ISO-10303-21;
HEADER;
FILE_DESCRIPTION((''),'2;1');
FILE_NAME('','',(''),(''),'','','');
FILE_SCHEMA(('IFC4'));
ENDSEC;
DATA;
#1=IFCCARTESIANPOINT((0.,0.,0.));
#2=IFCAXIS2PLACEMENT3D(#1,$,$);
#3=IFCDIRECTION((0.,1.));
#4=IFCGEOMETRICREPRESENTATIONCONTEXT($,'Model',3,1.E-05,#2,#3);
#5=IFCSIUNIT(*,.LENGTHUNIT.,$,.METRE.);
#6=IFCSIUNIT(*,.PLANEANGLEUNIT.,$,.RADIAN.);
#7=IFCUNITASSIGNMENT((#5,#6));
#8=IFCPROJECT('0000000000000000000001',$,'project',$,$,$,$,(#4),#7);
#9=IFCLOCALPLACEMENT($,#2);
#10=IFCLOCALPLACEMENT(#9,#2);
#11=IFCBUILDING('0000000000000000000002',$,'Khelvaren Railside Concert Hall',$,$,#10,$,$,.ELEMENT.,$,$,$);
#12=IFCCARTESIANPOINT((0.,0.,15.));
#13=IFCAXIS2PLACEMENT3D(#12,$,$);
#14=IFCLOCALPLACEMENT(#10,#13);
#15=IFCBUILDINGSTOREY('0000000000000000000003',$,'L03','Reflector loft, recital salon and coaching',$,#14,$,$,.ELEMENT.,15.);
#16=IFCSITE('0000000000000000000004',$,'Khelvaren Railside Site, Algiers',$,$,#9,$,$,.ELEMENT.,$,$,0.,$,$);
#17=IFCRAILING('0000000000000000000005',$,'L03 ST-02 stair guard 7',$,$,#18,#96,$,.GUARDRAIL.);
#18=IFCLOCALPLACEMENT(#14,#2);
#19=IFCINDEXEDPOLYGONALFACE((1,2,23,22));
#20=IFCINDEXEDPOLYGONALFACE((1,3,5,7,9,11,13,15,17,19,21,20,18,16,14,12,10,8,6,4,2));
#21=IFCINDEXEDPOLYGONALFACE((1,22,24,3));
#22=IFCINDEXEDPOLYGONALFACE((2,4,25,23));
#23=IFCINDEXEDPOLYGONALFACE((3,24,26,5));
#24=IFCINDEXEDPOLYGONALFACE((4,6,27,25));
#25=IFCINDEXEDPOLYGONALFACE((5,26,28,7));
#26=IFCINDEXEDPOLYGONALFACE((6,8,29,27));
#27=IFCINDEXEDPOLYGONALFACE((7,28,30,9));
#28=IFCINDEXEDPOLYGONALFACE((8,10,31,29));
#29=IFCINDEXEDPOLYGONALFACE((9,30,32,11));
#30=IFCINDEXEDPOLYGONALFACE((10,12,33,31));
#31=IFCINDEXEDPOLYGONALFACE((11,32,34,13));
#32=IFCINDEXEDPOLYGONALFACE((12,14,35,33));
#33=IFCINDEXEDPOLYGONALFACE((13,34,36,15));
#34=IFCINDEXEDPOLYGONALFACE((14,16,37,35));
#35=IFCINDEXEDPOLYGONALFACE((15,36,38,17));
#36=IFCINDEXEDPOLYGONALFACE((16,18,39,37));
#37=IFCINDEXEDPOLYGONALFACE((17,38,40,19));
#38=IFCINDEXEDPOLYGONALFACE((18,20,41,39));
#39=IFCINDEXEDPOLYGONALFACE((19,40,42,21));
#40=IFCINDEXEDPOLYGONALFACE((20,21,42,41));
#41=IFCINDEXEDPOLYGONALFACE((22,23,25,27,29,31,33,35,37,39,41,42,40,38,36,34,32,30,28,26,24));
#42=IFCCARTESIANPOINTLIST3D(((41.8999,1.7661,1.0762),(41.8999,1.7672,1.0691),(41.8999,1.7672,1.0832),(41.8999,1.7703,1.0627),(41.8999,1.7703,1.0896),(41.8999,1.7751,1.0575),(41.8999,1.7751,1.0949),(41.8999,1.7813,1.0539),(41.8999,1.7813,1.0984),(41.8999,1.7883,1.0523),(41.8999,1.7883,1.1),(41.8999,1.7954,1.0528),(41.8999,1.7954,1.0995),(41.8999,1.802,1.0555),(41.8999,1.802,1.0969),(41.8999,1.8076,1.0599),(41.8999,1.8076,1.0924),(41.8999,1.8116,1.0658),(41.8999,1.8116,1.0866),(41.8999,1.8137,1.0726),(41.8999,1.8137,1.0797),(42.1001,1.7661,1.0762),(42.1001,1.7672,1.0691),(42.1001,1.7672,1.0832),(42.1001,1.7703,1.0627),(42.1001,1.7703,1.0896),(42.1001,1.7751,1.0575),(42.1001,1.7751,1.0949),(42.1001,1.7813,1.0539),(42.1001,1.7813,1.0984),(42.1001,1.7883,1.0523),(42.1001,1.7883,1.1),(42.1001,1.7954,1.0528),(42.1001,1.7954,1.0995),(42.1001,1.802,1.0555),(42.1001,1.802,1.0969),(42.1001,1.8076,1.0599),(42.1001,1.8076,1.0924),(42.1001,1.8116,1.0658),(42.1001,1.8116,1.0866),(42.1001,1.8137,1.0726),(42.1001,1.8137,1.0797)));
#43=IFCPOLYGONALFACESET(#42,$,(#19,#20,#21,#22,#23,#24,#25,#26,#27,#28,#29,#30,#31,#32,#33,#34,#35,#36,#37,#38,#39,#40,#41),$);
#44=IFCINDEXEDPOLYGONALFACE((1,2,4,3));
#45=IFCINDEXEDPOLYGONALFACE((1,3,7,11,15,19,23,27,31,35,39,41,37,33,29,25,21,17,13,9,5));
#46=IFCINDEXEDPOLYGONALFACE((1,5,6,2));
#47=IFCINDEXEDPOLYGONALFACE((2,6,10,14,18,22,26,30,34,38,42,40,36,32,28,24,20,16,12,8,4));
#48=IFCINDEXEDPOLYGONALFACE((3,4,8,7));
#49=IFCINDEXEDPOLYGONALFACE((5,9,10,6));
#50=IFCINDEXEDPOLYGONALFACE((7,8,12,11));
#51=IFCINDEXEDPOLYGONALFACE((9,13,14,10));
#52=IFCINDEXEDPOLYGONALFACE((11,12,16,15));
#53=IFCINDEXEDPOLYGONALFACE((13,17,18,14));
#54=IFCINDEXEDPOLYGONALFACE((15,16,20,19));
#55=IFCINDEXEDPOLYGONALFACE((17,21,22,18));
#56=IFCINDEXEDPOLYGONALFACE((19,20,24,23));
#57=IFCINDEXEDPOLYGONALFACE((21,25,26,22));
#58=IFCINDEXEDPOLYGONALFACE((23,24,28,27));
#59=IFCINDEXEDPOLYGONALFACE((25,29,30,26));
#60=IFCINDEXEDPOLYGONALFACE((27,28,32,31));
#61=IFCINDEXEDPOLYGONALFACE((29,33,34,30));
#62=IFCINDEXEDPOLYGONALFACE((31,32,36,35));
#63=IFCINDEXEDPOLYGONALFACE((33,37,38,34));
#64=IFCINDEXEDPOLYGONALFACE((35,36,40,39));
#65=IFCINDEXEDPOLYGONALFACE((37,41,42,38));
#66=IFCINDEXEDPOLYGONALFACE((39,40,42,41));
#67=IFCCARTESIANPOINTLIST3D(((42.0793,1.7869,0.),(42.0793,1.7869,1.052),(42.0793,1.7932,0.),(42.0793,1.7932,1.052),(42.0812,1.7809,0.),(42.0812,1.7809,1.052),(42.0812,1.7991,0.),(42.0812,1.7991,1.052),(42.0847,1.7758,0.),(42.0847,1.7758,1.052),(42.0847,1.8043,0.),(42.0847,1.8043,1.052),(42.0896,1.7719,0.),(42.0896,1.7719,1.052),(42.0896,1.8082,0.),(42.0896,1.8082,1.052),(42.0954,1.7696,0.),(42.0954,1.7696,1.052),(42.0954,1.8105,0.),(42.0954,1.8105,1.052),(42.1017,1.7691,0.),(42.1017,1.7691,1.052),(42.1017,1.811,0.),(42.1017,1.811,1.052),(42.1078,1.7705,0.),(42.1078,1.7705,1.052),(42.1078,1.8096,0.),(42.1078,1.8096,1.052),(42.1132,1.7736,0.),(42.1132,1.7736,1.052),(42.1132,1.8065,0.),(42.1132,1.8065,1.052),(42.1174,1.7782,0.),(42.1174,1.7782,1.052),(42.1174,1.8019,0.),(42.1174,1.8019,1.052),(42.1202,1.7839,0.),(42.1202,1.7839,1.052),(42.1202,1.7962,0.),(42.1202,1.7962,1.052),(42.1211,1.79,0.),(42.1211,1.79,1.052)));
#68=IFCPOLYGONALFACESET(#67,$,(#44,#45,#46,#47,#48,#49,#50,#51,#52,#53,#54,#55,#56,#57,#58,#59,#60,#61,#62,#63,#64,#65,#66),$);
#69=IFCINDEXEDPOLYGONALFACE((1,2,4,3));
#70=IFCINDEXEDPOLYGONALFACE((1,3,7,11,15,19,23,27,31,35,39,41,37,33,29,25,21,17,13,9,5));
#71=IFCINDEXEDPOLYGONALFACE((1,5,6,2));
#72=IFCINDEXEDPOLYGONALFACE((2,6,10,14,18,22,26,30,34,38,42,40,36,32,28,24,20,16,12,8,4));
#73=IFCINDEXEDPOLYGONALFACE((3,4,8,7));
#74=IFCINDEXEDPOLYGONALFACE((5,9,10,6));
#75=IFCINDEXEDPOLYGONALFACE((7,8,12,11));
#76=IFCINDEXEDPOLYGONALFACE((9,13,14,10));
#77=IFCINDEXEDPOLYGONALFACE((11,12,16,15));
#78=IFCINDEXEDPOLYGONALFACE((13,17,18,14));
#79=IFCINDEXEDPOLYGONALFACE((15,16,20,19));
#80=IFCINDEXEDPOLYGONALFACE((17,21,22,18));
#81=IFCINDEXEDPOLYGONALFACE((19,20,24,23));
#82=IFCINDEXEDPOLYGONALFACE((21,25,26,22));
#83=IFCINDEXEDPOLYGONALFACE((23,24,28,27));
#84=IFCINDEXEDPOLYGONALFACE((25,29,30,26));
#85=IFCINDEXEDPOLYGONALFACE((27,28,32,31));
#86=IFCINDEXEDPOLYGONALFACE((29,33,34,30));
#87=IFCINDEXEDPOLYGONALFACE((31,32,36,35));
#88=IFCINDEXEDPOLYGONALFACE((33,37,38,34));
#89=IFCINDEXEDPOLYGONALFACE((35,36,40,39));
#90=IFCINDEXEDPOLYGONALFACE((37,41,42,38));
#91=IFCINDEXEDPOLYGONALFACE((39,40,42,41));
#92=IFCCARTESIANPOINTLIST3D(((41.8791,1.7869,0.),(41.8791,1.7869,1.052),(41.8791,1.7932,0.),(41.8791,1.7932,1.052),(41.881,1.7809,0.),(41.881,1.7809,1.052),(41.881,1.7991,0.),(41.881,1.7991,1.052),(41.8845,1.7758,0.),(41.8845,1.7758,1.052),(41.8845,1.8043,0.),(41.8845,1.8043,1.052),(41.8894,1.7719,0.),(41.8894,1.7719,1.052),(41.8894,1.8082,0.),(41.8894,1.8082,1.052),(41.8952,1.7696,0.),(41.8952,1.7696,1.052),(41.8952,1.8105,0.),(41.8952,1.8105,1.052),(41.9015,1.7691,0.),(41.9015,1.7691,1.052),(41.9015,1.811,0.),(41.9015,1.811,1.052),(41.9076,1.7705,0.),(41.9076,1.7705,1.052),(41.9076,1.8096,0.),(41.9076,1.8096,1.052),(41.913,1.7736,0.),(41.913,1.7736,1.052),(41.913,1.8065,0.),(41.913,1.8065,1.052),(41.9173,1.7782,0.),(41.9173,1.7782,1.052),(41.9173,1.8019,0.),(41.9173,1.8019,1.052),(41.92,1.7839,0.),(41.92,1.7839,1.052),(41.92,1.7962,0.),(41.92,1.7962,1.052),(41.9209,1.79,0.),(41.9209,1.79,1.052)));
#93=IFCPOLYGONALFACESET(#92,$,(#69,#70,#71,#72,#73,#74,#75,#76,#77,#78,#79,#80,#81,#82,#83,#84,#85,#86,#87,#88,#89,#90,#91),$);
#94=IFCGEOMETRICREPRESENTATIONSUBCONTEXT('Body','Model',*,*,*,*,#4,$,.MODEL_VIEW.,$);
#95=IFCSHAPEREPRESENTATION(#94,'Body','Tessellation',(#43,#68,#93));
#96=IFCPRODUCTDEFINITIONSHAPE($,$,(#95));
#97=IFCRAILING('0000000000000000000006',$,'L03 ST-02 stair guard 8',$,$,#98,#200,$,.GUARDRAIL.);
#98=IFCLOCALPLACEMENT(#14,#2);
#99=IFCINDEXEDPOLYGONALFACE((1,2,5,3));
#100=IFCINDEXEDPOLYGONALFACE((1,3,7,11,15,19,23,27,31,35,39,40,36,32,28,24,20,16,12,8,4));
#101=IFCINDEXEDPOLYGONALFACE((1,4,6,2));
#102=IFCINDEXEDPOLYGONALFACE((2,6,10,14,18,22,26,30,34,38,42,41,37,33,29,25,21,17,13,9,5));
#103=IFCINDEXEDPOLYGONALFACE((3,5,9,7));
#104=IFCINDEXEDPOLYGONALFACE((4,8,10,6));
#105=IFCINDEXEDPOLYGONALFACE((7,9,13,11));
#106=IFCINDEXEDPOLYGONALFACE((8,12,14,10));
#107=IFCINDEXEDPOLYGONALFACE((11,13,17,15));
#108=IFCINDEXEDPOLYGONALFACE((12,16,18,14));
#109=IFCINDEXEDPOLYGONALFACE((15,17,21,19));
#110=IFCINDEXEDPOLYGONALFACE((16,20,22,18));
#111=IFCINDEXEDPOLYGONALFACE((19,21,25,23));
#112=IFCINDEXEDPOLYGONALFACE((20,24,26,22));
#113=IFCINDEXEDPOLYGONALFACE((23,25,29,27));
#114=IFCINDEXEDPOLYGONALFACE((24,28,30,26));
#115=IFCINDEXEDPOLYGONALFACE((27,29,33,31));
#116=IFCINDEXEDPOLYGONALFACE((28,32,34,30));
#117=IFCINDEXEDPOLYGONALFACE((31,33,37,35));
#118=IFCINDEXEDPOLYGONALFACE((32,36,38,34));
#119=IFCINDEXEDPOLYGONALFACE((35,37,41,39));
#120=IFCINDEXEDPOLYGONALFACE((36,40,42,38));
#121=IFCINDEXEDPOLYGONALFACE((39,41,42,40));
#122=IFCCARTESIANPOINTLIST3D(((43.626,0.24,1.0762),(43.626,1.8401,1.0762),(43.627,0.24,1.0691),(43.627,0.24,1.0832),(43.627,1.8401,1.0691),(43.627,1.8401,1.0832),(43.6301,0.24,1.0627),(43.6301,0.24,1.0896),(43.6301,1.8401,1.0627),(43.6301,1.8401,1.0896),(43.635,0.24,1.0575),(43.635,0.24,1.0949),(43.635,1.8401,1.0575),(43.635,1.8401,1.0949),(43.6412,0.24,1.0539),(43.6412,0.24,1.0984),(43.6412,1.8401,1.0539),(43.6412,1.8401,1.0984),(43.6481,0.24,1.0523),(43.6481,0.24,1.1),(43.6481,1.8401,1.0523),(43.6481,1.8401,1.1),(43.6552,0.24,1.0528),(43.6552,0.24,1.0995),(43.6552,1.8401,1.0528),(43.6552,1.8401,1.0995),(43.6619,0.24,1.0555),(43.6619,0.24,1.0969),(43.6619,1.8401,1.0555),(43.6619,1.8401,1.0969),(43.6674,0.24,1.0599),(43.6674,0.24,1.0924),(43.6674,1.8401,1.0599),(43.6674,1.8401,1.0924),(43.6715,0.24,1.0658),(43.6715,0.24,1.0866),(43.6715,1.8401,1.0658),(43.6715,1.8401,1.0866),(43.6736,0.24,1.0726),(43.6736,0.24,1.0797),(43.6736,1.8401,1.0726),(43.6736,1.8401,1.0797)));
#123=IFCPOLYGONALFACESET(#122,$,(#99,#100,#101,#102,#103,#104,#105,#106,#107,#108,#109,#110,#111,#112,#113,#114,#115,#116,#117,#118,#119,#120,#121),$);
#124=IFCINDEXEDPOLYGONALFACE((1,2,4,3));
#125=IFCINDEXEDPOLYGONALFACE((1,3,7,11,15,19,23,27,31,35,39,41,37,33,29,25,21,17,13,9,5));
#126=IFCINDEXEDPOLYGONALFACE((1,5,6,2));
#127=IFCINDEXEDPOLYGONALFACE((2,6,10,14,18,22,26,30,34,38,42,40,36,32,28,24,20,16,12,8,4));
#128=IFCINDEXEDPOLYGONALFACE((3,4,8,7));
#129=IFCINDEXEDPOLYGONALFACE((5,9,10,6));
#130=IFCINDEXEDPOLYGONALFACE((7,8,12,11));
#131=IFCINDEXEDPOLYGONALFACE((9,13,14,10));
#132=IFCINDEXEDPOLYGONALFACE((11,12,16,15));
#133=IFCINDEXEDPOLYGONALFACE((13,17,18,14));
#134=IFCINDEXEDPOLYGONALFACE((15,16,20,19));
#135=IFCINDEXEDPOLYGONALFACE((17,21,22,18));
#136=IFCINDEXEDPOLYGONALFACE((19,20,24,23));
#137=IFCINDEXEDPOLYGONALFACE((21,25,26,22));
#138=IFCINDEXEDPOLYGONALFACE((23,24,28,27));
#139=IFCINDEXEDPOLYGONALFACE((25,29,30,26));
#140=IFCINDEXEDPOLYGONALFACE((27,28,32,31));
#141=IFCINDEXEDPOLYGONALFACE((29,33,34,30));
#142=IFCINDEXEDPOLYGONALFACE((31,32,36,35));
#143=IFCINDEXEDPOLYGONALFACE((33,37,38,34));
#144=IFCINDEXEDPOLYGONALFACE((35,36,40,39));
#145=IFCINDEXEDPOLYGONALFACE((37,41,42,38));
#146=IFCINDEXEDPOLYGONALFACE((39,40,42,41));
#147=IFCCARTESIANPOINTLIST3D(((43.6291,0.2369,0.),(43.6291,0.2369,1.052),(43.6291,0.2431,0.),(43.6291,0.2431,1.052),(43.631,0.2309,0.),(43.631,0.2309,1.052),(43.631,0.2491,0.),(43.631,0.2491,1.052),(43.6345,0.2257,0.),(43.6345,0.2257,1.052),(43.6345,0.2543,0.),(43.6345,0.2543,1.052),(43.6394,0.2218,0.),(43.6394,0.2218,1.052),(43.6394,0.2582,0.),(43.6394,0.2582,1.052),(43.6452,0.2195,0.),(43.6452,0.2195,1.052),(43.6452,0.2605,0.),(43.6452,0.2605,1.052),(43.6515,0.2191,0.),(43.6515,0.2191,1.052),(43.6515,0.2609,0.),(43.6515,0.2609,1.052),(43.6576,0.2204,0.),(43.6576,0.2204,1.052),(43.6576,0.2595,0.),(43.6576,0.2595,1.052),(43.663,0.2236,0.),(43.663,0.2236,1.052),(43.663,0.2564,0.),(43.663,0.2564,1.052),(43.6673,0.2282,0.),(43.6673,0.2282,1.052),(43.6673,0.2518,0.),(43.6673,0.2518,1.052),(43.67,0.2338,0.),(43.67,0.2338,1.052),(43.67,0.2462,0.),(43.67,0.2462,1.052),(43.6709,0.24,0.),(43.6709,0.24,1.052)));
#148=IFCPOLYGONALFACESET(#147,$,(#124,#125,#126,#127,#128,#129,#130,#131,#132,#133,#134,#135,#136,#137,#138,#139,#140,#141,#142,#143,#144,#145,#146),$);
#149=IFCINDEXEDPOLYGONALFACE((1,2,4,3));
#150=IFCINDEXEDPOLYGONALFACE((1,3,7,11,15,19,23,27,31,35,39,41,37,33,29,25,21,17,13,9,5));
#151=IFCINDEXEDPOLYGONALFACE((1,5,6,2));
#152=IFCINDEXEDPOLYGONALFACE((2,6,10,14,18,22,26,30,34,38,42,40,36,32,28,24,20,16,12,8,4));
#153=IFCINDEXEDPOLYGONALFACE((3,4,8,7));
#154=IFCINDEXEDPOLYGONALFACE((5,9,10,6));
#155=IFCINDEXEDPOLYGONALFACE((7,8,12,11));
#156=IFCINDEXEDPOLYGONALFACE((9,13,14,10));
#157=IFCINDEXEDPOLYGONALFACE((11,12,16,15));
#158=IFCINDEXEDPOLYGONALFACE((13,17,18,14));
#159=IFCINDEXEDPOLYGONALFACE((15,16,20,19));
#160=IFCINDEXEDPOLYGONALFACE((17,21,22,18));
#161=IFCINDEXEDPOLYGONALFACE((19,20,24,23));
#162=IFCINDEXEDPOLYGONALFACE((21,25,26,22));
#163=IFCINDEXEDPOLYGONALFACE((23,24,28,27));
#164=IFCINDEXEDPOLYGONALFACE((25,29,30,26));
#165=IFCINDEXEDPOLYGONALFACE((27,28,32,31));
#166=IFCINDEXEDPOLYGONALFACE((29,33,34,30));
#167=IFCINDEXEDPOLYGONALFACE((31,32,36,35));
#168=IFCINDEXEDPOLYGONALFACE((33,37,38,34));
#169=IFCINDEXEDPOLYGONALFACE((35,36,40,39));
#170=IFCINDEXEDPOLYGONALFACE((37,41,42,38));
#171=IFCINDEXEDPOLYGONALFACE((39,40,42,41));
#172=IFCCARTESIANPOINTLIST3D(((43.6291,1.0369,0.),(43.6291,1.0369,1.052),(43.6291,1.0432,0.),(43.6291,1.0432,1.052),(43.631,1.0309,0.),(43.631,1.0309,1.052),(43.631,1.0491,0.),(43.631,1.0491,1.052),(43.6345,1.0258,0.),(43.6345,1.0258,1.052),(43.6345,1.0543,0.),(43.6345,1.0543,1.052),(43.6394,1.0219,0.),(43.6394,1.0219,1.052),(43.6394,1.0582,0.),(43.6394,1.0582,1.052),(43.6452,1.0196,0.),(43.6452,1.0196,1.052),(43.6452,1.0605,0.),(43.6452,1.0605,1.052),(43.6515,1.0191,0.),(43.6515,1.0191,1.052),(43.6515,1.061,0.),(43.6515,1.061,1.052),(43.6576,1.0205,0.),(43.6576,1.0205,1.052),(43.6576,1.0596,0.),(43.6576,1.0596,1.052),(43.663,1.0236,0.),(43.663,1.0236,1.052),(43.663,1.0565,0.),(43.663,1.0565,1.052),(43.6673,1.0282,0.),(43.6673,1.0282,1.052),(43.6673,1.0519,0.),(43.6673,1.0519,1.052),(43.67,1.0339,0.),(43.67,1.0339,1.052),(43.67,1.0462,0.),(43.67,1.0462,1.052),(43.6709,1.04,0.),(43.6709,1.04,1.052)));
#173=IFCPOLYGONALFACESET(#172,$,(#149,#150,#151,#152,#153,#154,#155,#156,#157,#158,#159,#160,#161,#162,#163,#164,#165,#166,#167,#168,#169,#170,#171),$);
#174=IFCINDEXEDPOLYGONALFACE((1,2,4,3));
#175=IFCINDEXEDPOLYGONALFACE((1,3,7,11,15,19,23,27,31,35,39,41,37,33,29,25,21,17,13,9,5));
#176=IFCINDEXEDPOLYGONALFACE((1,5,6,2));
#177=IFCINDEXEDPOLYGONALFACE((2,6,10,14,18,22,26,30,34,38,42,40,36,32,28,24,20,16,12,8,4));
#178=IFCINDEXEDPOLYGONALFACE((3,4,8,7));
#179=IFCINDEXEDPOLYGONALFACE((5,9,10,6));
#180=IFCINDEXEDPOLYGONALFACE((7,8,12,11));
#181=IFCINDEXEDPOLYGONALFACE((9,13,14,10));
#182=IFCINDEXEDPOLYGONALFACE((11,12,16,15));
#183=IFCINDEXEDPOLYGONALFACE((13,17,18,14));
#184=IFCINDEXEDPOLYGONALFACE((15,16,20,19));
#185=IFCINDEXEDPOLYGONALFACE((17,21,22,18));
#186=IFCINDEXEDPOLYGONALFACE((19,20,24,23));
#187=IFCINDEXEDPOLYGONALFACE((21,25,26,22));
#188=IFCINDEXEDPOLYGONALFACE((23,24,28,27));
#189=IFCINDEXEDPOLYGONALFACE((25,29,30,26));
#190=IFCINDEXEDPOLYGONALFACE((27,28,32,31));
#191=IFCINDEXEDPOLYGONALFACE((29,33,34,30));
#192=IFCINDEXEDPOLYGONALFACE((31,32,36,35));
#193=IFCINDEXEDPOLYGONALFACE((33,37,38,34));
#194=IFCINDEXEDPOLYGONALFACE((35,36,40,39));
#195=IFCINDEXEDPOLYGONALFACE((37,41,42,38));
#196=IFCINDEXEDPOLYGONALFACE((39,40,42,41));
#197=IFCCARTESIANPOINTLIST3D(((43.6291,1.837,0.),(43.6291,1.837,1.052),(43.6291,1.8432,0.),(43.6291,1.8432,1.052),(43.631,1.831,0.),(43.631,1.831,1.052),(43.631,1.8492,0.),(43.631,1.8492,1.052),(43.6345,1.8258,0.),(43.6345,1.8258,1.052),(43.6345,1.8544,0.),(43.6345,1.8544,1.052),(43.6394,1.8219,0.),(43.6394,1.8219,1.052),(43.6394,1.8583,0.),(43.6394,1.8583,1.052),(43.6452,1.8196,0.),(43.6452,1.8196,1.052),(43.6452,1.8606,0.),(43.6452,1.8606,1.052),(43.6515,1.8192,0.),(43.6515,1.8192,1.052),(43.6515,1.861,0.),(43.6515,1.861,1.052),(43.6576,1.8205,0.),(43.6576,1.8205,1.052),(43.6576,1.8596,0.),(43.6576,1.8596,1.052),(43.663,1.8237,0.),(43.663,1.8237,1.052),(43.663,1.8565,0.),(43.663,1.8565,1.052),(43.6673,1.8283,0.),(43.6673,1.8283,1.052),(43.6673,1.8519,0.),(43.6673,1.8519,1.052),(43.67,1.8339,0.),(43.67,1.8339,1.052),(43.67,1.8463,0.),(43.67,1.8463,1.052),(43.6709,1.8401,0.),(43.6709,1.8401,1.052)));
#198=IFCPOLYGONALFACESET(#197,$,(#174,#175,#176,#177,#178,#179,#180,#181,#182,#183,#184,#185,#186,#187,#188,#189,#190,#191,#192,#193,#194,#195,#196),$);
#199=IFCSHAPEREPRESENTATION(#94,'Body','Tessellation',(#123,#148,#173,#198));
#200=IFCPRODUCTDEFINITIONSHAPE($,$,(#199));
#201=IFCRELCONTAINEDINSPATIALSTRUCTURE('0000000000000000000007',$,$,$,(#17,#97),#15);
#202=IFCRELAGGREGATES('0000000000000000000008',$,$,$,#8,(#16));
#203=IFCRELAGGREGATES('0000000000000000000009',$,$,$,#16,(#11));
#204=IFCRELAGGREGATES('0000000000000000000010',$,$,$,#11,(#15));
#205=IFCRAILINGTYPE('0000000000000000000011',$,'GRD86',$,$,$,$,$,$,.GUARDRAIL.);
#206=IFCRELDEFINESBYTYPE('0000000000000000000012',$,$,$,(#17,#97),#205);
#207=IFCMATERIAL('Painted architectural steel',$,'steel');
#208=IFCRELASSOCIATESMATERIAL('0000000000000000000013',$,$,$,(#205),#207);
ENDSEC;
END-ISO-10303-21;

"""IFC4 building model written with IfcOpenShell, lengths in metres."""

from ifc_helpers import new_model, si_unit, direction, frame, origin, origin_2d, place, context, subcontext, project, spatial, circle, extrude, material, type_object, element, save


model = new_model("IFC4")

# Units and contexts
model_context = context("Model", 3, precision=1e-05, world=origin(), true_north=direction((0.0, 1.0)))
body_context = subcontext(model_context, "Body", "Model", "MODEL_VIEW")
ifc_project = project(units=[si_unit("LENGTHUNIT", "METRE"), si_unit("PLANEANGLEUNIT", "RADIAN")], contexts=[model_context])

# Site, building, storey
site_placement = place(None, origin())
site = spatial("IfcSite", under=ifc_project, at=site_placement, Name="Khelvaren Railside Site, Algiers", CompositionType="ELEMENT", RefElevation=0.0)
building_placement = place(site_placement, origin())
building = spatial("IfcBuilding", under=site, at=building_placement, Name="Khelvaren Railside Concert Hall", CompositionType="ELEMENT")
storey_placement = place(building_placement, frame((0.0, 0.0, 15.0)))
storey = spatial("IfcBuildingStorey", under=building, at=storey_placement, Name="L03", Description="Reflector loft, recital salon and coaching", CompositionType="ELEMENT", Elevation=15.0)

# Railings
ifc_material_1 = material(Name="Painted architectural steel", Category="steel")
railing_type_1 = type_object("IfcRailingType", Name="GRD86", PredefinedType="GUARDRAIL", material=ifc_material_1)
railing_1_placement = place(storey_placement, frame((42.1001, 1.79, 0.0)))
element("IfcRailing", 1, at=railing_1_placement, inside=storey, type_object=railing_type_1, Name="L03 ST-02 stair guard 7", PredefinedType="GUARDRAIL", context=body_context, shape_type="SweptSolid", body=[
    extrude(circle(Radius=0.0239, at=origin_2d()), frame((0.0, 0.0, 1.0762), z_axis=(-1.0, 0.0, 0.0), x_axis=(0.0, -1.0, 0.0)), (0.0, 0.0, 1.0), 0.2002),
    extrude(circle(Radius=0.021, at=origin_2d()), origin(), (0.0, 0.0, 1.0), 1.052),
    extrude(circle(Radius=0.021, at=origin_2d()), frame((-0.2002, 0.0, 0.0)), (0.0, 0.0, 1.0), 1.052),
])
for number, where, name in (
    (2, (43.6499, 0.24, 0.0), "L03 ST-02 stair guard 8"),
):
    element("IfcRailing", number, at=place(storey_placement, frame(where)), inside=storey, type_object=railing_type_1, Name=name, PredefinedType="GUARDRAIL", context=body_context, shape_type="SweptSolid", body=[
        extrude(circle(Radius=0.0239, at=origin_2d()), frame((0.0, 0.0, 1.0762), z_axis=(0.0, 1.0, 0.0), x_axis=(-1.0, 0.0, 0.0)), (0.0, 0.0, 1.0), 1.6001),
        extrude(circle(Radius=0.021, at=origin_2d()), origin(), (0.0, 0.0, 1.0), 1.052),
        extrude(circle(Radius=0.021, at=origin_2d()), frame((0.0, 0.8, 0.0)), (0.0, 0.0, 1.0), 1.052),
        extrude(circle(Radius=0.021, at=origin_2d()), frame((0.0, 1.6001, 0.0)), (0.0, 0.0, 1.0), 1.052),
    ])

save(model, "model.ifc")
